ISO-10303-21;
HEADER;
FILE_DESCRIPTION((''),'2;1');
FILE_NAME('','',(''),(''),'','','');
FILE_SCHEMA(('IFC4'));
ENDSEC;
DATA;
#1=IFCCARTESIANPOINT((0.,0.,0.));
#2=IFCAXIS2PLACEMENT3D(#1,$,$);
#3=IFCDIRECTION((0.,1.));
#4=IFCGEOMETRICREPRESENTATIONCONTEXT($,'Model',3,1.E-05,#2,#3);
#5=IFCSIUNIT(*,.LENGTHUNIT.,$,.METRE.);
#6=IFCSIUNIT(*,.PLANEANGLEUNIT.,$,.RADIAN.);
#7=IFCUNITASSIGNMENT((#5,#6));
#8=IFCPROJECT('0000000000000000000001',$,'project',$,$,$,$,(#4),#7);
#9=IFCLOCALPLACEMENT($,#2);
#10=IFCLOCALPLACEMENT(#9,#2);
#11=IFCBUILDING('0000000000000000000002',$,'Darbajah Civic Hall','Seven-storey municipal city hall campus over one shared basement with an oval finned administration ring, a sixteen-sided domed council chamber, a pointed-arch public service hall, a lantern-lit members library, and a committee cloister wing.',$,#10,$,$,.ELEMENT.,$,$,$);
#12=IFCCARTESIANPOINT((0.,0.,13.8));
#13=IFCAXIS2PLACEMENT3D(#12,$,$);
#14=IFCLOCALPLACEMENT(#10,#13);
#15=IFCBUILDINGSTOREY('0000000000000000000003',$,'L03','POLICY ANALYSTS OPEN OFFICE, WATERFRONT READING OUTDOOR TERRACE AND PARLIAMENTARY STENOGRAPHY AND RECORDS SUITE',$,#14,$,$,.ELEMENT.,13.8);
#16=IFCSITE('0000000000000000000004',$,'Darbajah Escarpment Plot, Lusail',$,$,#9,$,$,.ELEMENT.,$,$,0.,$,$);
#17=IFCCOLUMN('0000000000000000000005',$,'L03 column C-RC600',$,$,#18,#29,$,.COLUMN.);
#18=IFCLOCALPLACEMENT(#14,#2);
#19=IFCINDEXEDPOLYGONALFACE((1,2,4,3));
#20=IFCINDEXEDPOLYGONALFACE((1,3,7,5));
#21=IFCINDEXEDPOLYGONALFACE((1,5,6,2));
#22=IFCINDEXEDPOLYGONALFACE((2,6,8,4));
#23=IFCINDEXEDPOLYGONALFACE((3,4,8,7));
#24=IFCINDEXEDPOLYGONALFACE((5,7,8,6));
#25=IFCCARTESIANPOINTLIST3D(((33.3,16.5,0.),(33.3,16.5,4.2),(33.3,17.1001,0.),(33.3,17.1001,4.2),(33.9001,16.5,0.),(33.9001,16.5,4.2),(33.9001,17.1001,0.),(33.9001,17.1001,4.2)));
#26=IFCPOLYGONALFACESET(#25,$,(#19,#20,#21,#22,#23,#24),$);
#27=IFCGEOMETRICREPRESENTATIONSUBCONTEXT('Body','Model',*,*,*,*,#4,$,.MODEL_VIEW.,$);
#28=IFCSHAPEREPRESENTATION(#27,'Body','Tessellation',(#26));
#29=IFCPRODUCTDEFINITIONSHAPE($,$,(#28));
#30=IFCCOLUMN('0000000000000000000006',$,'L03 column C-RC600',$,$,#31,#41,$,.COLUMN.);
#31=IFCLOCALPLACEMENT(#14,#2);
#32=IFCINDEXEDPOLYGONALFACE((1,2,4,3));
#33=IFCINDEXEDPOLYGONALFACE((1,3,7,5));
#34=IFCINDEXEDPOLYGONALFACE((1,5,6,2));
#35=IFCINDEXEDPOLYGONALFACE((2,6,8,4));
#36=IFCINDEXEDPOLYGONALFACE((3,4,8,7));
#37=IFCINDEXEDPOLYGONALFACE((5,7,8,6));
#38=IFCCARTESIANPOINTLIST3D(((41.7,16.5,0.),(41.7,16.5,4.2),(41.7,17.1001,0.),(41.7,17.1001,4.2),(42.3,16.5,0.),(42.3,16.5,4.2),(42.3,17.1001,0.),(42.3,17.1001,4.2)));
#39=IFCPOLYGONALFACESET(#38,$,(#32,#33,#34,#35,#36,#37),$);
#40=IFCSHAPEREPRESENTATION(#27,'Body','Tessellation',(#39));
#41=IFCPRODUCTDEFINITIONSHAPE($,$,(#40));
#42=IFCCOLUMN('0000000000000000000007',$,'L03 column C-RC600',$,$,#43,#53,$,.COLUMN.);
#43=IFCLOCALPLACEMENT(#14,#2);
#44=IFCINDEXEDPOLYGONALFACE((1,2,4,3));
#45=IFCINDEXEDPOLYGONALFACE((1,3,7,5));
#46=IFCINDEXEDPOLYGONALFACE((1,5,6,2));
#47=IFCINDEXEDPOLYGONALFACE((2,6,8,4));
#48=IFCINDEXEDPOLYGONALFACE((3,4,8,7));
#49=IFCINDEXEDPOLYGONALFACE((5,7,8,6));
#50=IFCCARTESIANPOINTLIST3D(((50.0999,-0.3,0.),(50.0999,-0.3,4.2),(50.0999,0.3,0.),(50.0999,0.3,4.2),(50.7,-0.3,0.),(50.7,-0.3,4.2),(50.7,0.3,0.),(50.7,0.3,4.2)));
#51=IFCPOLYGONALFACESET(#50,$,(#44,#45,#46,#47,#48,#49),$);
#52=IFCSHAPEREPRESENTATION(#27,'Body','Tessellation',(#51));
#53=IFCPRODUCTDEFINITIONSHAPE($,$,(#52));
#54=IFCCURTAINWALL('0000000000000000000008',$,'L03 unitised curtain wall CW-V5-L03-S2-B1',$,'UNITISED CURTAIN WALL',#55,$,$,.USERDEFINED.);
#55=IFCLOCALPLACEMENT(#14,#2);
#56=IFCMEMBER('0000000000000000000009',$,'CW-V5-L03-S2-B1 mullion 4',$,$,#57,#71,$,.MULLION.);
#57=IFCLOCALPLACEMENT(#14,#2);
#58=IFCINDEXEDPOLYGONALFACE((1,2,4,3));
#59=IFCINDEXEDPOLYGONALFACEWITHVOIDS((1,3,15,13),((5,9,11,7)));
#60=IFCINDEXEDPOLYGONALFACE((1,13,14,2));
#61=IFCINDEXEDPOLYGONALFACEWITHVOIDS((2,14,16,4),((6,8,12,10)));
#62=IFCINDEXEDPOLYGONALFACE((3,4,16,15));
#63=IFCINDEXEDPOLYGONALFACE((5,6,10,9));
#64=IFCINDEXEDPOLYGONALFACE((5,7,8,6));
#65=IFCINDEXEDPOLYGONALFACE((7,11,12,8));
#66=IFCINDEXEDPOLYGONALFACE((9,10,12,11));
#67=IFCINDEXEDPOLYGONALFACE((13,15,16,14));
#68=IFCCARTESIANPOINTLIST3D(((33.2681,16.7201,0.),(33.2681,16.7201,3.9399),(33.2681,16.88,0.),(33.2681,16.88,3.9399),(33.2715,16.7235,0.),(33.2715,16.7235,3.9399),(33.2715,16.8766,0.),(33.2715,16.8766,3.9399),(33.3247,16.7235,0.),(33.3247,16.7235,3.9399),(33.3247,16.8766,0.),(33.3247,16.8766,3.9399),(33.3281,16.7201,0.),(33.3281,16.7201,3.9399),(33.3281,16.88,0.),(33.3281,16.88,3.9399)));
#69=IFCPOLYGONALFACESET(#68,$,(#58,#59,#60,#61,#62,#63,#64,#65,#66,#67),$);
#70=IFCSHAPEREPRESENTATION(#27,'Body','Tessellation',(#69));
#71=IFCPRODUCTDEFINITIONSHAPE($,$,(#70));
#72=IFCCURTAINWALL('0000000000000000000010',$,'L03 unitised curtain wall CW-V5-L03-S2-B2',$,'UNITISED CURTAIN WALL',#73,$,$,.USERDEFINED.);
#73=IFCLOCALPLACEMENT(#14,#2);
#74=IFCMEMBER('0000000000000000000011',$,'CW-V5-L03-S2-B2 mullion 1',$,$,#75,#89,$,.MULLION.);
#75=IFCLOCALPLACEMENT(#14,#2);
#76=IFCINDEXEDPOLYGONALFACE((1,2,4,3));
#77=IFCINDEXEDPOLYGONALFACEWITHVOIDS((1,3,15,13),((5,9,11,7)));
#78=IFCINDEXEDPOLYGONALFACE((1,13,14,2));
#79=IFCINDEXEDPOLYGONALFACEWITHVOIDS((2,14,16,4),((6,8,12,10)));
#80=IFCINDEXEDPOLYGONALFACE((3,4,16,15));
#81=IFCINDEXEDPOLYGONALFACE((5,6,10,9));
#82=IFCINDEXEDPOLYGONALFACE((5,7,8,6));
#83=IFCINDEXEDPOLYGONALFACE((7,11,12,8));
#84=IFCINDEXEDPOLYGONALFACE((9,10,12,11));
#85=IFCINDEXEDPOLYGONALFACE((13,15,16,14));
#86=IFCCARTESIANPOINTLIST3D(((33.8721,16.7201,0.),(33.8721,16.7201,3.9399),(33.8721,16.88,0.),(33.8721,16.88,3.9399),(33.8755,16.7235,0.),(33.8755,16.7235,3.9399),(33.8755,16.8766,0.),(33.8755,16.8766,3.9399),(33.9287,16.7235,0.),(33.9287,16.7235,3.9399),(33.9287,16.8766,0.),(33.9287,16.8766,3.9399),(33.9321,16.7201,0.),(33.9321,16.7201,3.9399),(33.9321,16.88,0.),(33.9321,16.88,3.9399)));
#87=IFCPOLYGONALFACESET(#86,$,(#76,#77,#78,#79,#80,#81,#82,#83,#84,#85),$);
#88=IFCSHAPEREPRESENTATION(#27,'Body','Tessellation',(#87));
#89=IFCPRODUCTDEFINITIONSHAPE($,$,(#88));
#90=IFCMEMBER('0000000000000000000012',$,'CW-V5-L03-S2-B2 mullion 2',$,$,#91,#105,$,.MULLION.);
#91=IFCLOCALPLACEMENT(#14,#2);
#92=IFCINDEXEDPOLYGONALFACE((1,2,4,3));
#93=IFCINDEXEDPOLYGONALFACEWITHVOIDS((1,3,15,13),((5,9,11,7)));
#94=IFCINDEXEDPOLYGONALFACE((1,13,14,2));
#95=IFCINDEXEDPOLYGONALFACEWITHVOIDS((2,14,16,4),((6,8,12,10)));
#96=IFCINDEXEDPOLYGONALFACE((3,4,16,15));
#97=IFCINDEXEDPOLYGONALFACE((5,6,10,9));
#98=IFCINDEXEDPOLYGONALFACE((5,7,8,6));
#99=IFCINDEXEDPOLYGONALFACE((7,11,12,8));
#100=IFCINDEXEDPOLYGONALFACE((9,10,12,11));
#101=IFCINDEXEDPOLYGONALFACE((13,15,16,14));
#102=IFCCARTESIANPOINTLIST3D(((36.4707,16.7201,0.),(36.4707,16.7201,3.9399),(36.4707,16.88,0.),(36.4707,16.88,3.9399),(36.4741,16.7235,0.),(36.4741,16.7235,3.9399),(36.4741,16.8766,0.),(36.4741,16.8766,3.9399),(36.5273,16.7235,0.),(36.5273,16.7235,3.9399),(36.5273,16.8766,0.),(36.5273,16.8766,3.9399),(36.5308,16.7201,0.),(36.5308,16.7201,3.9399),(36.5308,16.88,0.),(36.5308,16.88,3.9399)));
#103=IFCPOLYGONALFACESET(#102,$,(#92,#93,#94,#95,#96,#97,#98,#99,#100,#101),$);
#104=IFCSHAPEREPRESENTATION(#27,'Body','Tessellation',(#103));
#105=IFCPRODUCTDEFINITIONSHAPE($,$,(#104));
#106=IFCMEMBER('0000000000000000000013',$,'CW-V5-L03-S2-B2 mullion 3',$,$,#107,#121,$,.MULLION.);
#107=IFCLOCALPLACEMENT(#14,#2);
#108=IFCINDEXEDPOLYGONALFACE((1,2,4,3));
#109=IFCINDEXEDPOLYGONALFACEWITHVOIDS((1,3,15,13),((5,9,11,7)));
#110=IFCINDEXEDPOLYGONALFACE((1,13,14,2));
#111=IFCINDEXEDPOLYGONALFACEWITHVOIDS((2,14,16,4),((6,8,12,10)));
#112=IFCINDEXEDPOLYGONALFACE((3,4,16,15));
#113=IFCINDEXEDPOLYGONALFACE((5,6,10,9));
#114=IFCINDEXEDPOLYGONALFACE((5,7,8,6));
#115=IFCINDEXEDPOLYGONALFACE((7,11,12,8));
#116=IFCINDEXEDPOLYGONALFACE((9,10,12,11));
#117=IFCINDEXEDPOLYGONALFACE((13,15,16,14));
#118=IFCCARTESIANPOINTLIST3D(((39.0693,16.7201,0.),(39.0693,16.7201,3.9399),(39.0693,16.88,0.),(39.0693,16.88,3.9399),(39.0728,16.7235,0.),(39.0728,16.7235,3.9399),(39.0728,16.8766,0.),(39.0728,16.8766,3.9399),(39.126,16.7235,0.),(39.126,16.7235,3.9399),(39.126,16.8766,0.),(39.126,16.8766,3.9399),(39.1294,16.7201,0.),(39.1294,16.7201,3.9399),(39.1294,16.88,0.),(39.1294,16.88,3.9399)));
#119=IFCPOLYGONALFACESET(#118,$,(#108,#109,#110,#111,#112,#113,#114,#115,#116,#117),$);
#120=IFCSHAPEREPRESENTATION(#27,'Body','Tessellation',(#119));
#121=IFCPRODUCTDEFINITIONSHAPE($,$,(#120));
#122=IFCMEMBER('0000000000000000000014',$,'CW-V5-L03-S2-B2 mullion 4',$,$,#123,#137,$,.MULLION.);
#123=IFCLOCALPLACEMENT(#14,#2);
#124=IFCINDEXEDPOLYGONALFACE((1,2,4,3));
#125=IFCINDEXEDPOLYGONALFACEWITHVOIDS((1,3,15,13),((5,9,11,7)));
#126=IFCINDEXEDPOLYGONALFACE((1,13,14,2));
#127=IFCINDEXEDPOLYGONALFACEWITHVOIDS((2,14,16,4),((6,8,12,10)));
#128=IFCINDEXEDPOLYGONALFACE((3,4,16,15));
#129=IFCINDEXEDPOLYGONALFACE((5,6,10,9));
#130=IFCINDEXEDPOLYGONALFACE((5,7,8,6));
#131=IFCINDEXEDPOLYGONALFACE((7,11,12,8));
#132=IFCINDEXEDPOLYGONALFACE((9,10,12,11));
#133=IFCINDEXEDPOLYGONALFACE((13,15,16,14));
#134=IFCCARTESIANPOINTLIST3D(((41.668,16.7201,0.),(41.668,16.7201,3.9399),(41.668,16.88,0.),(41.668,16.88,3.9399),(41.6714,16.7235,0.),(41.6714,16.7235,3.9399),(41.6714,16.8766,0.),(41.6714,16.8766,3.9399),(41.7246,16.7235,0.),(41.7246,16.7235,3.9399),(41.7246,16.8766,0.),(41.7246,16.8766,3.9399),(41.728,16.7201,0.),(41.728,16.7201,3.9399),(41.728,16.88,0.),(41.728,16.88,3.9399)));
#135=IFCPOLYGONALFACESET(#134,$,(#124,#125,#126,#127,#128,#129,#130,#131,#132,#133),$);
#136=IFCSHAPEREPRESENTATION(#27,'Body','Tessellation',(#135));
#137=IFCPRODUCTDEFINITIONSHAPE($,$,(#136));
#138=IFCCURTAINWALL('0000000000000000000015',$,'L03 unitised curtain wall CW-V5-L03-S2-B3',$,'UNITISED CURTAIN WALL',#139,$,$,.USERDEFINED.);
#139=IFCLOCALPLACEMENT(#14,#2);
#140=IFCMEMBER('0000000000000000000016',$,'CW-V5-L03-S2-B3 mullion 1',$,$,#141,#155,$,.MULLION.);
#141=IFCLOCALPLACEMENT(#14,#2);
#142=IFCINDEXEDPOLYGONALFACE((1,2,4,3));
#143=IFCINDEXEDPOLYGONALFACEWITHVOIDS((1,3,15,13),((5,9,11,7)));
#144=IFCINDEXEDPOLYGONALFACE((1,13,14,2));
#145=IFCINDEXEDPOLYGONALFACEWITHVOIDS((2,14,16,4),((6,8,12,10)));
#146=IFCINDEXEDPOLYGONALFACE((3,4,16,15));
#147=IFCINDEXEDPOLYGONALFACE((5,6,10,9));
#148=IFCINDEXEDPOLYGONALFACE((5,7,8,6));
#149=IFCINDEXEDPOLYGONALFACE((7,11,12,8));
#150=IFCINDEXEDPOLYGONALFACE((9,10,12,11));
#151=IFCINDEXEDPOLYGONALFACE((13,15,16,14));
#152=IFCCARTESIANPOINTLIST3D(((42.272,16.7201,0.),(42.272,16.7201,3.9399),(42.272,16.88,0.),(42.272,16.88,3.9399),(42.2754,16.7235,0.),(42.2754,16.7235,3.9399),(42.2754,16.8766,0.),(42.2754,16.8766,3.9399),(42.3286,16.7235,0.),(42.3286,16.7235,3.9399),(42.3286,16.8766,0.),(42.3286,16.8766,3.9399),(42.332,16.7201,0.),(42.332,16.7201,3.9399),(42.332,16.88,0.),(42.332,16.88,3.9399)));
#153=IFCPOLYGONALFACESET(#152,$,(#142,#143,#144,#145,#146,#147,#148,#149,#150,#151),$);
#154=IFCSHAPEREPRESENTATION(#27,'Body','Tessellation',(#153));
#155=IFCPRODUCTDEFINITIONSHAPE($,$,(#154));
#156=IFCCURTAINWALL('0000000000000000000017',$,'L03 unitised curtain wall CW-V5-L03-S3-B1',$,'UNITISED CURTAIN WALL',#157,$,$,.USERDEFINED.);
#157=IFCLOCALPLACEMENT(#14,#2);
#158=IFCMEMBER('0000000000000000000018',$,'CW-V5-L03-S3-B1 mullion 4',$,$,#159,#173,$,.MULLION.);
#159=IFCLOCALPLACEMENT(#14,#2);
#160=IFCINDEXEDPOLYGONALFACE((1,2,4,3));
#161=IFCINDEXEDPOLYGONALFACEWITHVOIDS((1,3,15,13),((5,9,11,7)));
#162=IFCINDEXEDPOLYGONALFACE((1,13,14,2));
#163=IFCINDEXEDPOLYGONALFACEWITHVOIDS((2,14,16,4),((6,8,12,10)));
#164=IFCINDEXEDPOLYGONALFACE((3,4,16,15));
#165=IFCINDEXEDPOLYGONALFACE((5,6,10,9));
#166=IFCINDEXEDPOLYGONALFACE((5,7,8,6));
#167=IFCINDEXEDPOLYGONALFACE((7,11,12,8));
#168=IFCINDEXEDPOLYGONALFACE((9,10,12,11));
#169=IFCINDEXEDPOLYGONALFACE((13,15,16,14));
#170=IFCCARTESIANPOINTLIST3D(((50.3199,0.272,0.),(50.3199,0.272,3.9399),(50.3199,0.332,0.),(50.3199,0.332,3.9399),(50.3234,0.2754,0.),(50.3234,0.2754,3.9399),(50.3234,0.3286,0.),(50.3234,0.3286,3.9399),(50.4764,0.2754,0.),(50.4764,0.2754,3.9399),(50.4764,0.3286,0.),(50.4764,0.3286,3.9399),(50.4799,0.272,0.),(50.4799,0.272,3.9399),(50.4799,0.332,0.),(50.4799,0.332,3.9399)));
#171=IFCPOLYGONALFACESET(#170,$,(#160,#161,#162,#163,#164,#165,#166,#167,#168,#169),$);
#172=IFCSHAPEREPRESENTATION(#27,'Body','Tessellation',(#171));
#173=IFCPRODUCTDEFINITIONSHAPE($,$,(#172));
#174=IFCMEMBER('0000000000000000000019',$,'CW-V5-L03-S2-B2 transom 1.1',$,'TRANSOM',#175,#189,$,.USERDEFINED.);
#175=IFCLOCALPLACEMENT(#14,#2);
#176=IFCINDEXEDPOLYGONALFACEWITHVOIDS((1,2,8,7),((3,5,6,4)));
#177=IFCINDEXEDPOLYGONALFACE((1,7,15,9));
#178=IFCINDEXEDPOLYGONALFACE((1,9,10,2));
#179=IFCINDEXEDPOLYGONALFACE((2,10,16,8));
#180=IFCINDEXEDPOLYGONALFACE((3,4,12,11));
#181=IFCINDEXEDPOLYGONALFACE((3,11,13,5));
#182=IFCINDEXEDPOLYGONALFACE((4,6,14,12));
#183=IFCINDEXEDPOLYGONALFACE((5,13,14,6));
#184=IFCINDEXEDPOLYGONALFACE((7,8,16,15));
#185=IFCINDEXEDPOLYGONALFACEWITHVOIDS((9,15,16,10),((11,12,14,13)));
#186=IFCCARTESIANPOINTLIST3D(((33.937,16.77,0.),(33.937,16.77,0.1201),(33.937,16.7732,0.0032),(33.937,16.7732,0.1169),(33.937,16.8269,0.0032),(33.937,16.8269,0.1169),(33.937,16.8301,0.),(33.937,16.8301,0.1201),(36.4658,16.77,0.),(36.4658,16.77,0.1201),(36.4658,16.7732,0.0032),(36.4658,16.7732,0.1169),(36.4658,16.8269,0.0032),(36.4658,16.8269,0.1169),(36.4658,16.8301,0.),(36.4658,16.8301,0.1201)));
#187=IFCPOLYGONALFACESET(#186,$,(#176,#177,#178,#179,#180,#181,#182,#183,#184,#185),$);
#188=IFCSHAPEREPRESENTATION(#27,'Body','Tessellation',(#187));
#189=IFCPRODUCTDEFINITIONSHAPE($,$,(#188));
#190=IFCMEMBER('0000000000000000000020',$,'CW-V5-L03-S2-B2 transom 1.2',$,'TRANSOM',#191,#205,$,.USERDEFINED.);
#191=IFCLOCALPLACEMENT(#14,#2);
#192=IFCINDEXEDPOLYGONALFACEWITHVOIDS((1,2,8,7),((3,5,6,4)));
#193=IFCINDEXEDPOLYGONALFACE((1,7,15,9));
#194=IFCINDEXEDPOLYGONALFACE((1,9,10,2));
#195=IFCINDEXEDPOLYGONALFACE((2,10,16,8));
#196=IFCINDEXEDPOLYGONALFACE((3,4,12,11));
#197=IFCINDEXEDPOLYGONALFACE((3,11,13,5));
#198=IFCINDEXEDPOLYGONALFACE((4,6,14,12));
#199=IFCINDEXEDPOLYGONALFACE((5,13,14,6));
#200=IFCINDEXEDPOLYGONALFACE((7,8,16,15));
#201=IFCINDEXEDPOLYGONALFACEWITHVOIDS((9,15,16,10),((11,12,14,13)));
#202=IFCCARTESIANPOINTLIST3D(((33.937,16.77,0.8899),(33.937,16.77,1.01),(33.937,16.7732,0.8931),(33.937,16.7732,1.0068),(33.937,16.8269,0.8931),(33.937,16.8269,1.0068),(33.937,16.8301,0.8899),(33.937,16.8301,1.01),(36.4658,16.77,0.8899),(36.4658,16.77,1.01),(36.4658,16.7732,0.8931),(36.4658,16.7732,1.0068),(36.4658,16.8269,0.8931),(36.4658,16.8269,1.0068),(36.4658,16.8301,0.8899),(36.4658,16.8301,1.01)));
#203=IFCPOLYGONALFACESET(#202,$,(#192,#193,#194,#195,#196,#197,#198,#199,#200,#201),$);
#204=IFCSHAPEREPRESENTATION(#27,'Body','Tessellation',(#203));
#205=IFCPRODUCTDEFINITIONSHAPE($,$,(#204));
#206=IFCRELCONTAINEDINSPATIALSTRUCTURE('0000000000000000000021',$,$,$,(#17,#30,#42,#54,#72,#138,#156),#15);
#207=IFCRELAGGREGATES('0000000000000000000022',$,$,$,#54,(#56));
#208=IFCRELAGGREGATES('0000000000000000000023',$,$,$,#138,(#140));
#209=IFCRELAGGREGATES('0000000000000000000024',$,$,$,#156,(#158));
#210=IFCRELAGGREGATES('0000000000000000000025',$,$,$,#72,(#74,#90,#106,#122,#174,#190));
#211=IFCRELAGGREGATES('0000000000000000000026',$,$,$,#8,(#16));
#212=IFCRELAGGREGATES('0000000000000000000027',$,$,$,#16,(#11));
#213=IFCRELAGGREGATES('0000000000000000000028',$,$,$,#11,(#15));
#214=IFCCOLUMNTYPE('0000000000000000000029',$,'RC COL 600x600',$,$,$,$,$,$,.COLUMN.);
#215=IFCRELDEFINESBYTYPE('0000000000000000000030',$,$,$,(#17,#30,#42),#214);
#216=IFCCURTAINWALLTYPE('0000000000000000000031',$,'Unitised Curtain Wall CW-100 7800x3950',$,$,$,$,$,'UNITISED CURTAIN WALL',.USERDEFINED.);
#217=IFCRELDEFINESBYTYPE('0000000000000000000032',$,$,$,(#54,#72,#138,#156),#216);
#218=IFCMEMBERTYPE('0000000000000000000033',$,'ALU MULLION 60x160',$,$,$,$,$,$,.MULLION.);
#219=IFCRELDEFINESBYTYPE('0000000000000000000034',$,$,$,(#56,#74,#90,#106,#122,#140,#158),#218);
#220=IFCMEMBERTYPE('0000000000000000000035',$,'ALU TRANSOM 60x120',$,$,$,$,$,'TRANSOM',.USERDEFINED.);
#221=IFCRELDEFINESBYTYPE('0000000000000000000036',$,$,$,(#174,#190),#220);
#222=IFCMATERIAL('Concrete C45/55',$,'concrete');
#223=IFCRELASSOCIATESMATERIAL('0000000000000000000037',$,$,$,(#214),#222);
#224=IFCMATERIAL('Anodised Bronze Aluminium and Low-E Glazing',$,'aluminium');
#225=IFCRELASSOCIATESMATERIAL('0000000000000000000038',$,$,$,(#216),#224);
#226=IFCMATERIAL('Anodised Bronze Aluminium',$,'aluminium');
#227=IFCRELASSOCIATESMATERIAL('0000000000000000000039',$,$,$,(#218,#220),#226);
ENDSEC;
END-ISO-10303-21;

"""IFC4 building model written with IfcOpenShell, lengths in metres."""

from ifc_helpers import new_model, si_unit, direction, frame, origin, origin_2d, place, context, subcontext, project, spatial, rectangle, hollow_rectangle, extrude, material, material_profile, profile_set, type_object, element, aggregate, save


model = new_model("IFC4")

# Units and contexts
model_context = context("Model", 3, precision=1e-05, world=origin(), true_north=direction((0.0, 1.0)))
body_context = subcontext(model_context, "Body", "Model", "MODEL_VIEW")
ifc_project = project(units=[si_unit("LENGTHUNIT", "METRE"), si_unit("PLANEANGLEUNIT", "RADIAN")], contexts=[model_context])

# Site, building, storey
site_placement = place(None, origin())
site = spatial("IfcSite", under=ifc_project, at=site_placement, Name="Darbajah Escarpment Plot, Lusail", CompositionType="ELEMENT", RefElevation=0.0)
building_placement = place(site_placement, origin())
building = spatial("IfcBuilding", under=site, at=building_placement, Name="Darbajah Civic Hall", Description="Seven-storey municipal city hall campus over one shared basement with an oval finned administration ring, a sixteen-sided domed council chamber, a pointed-arch public service hall, a lantern-lit members library, and a committee cloister wing.", CompositionType="ELEMENT")
storey_placement = place(building_placement, frame((0.0, 0.0, 13.8)))
storey = spatial("IfcBuildingStorey", under=building, at=storey_placement, Name="L03", Description="POLICY ANALYSTS OPEN OFFICE, WATERFRONT READING OUTDOOR TERRACE AND PARLIAMENTARY STENOGRAPHY AND RECORDS SUITE", CompositionType="ELEMENT", Elevation=13.8)

# Columns
ifc_material_1 = material(Name="Concrete C45/55", Category="concrete")
ifc_material_profile_1 = material_profile(ifc_material_1, rectangle(XDim=0.6001, YDim=0.6001, at=origin_2d()), Name="RC COL 600x600")
ifc_profile_set_1 = profile_set([ifc_material_profile_1], Name="Concrete C45/55")
column_type = type_object("IfcColumnType", Name="RC COL 600x600", PredefinedType="COLUMN", material=ifc_profile_set_1)
for number, where, z_axis, x_axis, name in (
    (1, (33.6001, 16.8, 0.0), (0.0, 0.0, 1.0), (1.0, 0.0, 0.0), "L03 column C-RC600"),
    (2, (42.0, 16.8, 0.0), (0.0, 0.0, 1.0), (1.0, 0.0, 0.0), "L03 column C-RC600"),
    (3, (50.3999, 0.0, 0.0), (0.0, 0.0, 1.0), (1.0, 0.0, 0.0), "L03 column C-RC600"),
):
    element("IfcColumn", number, at=place(storey_placement, frame(where, z_axis=z_axis, x_axis=x_axis)), inside=storey, type_object=column_type, Name=name, PredefinedType="COLUMN", context=body_context, shape_type="SweptSolid", body=[
        extrude(rectangle(XDim=0.6001, YDim=0.6001, at=origin_2d()), origin(), (0.0, 0.0, 1.0), 4.2),
    ])

# Curtain wall, member
ifc_material_2 = material(Name="Anodised Bronze Aluminium and Low-E Glazing", Category="aluminium")
curtain_wall_type = type_object("IfcCurtainWallType", Name="Unitised Curtain Wall CW-100 7800x3950", ElementType="UNITISED CURTAIN WALL", PredefinedType="USERDEFINED", material=ifc_material_2)
curtain_wall_1_placement = place(storey_placement, origin())
curtain_wall_1 = element("IfcCurtainWall", 4, at=curtain_wall_1_placement, inside=storey, type_object=curtain_wall_type, Name="L03 unitised curtain wall CW-V5-L03-S2-B1", ObjectType="UNITISED CURTAIN WALL", PredefinedType="USERDEFINED")
ifc_material_3 = material(Name="Anodised Bronze Aluminium", Category="aluminium")
ifc_material_profile_2 = material_profile(ifc_material_3, hollow_rectangle(XDim=0.0601, YDim=0.1599, WallThickness=0.0034, at=origin_2d()), Name="ALU MULLION 60x160")
ifc_profile_set_2 = profile_set([ifc_material_profile_2], Name="Anodised Bronze Aluminium")
member_type_1 = type_object("IfcMemberType", Name="ALU MULLION 60x160", PredefinedType="MULLION", material=ifc_profile_set_2)
member_1_placement = place(storey_placement, frame((33.2981, 16.8, 0.0), z_axis=(0.0, 0.0, 1.0), x_axis=(1.0, 0.0, 0.0)))
member_1 = element("IfcMember", 5, at=member_1_placement, type_object=member_type_1, Name="CW-V5-L03-S2-B1 mullion 4", PredefinedType="MULLION", context=body_context, shape_type="SweptSolid", body=[
    extrude(hollow_rectangle(XDim=0.0601, YDim=0.1599, WallThickness=0.0034, at=origin_2d()), origin(), (0.0, 0.0, 1.0), 3.9399),
])
aggregate(curtain_wall_1, [member_1])

# Curtain wall, members
curtain_wall_2_placement = place(storey_placement, origin())
curtain_wall_2 = element("IfcCurtainWall", 6, at=curtain_wall_2_placement, inside=storey, type_object=curtain_wall_type, Name="L03 unitised curtain wall CW-V5-L03-S2-B2", ObjectType="UNITISED CURTAIN WALL", PredefinedType="USERDEFINED")
member_2_placement = place(storey_placement, frame((33.9021, 16.8, 0.0), z_axis=(0.0, 0.0, 1.0), x_axis=(1.0, 0.0, 0.0)))
member_2 = element("IfcMember", 7, at=member_2_placement, type_object=member_type_1, Name="CW-V5-L03-S2-B2 mullion 1", PredefinedType="MULLION", context=body_context, shape_type="SweptSolid", body=[
    extrude(hollow_rectangle(XDim=0.0601, YDim=0.1599, WallThickness=0.0034, at=origin_2d()), origin(), (0.0, 0.0, 1.0), 3.9399),
])
member_3_placement = place(storey_placement, frame((36.5007, 16.8, 0.0), z_axis=(0.0, 0.0, 1.0), x_axis=(1.0, 0.0, 0.0)))
member_3 = element("IfcMember", 8, at=member_3_placement, type_object=member_type_1, Name="CW-V5-L03-S2-B2 mullion 2", PredefinedType="MULLION", context=body_context, shape_type="SweptSolid", body=[
    extrude(hollow_rectangle(XDim=0.0601, YDim=0.1599, WallThickness=0.0034, at=origin_2d()), origin(), (0.0, 0.0, 1.0), 3.9399),
])
member_4_placement = place(storey_placement, frame((39.0994, 16.8, 0.0), z_axis=(0.0, 0.0, 1.0), x_axis=(1.0, 0.0, 0.0)))
member_4 = element("IfcMember", 9, at=member_4_placement, type_object=member_type_1, Name="CW-V5-L03-S2-B2 mullion 3", PredefinedType="MULLION", context=body_context, shape_type="SweptSolid", body=[
    extrude(hollow_rectangle(XDim=0.0601, YDim=0.1599, WallThickness=0.0034, at=origin_2d()), origin(), (0.0, 0.0, 1.0), 3.9399),
])
member_5_placement = place(storey_placement, frame((41.698, 16.8, 0.0), z_axis=(0.0, 0.0, 1.0), x_axis=(1.0, 0.0, 0.0)))
member_5 = element("IfcMember", 10, at=member_5_placement, type_object=member_type_1, Name="CW-V5-L03-S2-B2 mullion 4", PredefinedType="MULLION", context=body_context, shape_type="SweptSolid", body=[
    extrude(hollow_rectangle(XDim=0.0601, YDim=0.1599, WallThickness=0.0034, at=origin_2d()), origin(), (0.0, 0.0, 1.0), 3.9399),
])

# Curtain walls, members
curtain_wall_3_placement = place(storey_placement, origin())
curtain_wall_3 = element("IfcCurtainWall", 11, at=curtain_wall_3_placement, inside=storey, type_object=curtain_wall_type, Name="L03 unitised curtain wall CW-V5-L03-S2-B3", ObjectType="UNITISED CURTAIN WALL", PredefinedType="USERDEFINED")
member_6_placement = place(storey_placement, frame((42.302, 16.8, 0.0), z_axis=(0.0, 0.0, 1.0), x_axis=(1.0, 0.0, 0.0)))
member_6 = element("IfcMember", 12, at=member_6_placement, type_object=member_type_1, Name="CW-V5-L03-S2-B3 mullion 1", PredefinedType="MULLION", context=body_context, shape_type="SweptSolid", body=[
    extrude(hollow_rectangle(XDim=0.0601, YDim=0.1599, WallThickness=0.0034, at=origin_2d()), origin(), (0.0, 0.0, 1.0), 3.9399),
])
aggregate(curtain_wall_3, [member_6])
curtain_wall_4_placement = place(storey_placement, origin())
curtain_wall_4 = element("IfcCurtainWall", 13, at=curtain_wall_4_placement, inside=storey, type_object=curtain_wall_type, Name="L03 unitised curtain wall CW-V5-L03-S3-B1", ObjectType="UNITISED CURTAIN WALL", PredefinedType="USERDEFINED")
member_7_placement = place(storey_placement, frame((50.3999, 0.302, 0.0), z_axis=(0.0, 0.0, 1.0), x_axis=(0.0, -1.0, 0.0)))
member_7 = element("IfcMember", 14, at=member_7_placement, type_object=member_type_1, Name="CW-V5-L03-S3-B1 mullion 4", PredefinedType="MULLION", context=body_context, shape_type="SweptSolid", body=[
    extrude(hollow_rectangle(XDim=0.0601, YDim=0.1599, WallThickness=0.0034, at=origin_2d()), origin(), (0.0, 0.0, 1.0), 3.9399),
])
aggregate(curtain_wall_4, [member_7])

# Members
ifc_material_profile_3 = material_profile(ifc_material_3, hollow_rectangle(XDim=0.0601, YDim=0.1201, WallThickness=0.0032, at=origin_2d()), Name="ALU TRANSOM 60x120")
ifc_profile_set_3 = profile_set([ifc_material_profile_3], Name="Anodised Bronze Aluminium")
member_type_2 = type_object("IfcMemberType", Name="ALU TRANSOM 60x120", ElementType="TRANSOM", PredefinedType="USERDEFINED", material=ifc_profile_set_3)
member_8_placement = place(storey_placement, frame((33.937, 16.8, 0.0601), z_axis=(1.0, 0.0, 0.0), x_axis=(0.0, 1.0, 0.0)))
member_8 = element("IfcMember", 15, at=member_8_placement, type_object=member_type_2, Name="CW-V5-L03-S2-B2 transom 1.1", ObjectType="TRANSOM", PredefinedType="USERDEFINED", context=body_context, shape_type="SweptSolid", body=[
    extrude(hollow_rectangle(XDim=0.0601, YDim=0.1201, WallThickness=0.0032, at=origin_2d()), origin(), (0.0, 0.0, 1.0), 2.5288),
])
member_9_placement = place(storey_placement, frame((33.937, 16.8, 0.95), z_axis=(1.0, 0.0, 0.0), x_axis=(0.0, 1.0, 0.0)))
member_9 = element("IfcMember", 16, at=member_9_placement, type_object=member_type_2, Name="CW-V5-L03-S2-B2 transom 1.2", ObjectType="TRANSOM", PredefinedType="USERDEFINED", context=body_context, shape_type="SweptSolid", body=[
    extrude(hollow_rectangle(XDim=0.0601, YDim=0.1201, WallThickness=0.0032, at=origin_2d()), origin(), (0.0, 0.0, 1.0), 2.5288),
])

aggregate(curtain_wall_2, [member_2, member_3, member_4, member_5, member_8, member_9])

save(model, "model.ifc")
